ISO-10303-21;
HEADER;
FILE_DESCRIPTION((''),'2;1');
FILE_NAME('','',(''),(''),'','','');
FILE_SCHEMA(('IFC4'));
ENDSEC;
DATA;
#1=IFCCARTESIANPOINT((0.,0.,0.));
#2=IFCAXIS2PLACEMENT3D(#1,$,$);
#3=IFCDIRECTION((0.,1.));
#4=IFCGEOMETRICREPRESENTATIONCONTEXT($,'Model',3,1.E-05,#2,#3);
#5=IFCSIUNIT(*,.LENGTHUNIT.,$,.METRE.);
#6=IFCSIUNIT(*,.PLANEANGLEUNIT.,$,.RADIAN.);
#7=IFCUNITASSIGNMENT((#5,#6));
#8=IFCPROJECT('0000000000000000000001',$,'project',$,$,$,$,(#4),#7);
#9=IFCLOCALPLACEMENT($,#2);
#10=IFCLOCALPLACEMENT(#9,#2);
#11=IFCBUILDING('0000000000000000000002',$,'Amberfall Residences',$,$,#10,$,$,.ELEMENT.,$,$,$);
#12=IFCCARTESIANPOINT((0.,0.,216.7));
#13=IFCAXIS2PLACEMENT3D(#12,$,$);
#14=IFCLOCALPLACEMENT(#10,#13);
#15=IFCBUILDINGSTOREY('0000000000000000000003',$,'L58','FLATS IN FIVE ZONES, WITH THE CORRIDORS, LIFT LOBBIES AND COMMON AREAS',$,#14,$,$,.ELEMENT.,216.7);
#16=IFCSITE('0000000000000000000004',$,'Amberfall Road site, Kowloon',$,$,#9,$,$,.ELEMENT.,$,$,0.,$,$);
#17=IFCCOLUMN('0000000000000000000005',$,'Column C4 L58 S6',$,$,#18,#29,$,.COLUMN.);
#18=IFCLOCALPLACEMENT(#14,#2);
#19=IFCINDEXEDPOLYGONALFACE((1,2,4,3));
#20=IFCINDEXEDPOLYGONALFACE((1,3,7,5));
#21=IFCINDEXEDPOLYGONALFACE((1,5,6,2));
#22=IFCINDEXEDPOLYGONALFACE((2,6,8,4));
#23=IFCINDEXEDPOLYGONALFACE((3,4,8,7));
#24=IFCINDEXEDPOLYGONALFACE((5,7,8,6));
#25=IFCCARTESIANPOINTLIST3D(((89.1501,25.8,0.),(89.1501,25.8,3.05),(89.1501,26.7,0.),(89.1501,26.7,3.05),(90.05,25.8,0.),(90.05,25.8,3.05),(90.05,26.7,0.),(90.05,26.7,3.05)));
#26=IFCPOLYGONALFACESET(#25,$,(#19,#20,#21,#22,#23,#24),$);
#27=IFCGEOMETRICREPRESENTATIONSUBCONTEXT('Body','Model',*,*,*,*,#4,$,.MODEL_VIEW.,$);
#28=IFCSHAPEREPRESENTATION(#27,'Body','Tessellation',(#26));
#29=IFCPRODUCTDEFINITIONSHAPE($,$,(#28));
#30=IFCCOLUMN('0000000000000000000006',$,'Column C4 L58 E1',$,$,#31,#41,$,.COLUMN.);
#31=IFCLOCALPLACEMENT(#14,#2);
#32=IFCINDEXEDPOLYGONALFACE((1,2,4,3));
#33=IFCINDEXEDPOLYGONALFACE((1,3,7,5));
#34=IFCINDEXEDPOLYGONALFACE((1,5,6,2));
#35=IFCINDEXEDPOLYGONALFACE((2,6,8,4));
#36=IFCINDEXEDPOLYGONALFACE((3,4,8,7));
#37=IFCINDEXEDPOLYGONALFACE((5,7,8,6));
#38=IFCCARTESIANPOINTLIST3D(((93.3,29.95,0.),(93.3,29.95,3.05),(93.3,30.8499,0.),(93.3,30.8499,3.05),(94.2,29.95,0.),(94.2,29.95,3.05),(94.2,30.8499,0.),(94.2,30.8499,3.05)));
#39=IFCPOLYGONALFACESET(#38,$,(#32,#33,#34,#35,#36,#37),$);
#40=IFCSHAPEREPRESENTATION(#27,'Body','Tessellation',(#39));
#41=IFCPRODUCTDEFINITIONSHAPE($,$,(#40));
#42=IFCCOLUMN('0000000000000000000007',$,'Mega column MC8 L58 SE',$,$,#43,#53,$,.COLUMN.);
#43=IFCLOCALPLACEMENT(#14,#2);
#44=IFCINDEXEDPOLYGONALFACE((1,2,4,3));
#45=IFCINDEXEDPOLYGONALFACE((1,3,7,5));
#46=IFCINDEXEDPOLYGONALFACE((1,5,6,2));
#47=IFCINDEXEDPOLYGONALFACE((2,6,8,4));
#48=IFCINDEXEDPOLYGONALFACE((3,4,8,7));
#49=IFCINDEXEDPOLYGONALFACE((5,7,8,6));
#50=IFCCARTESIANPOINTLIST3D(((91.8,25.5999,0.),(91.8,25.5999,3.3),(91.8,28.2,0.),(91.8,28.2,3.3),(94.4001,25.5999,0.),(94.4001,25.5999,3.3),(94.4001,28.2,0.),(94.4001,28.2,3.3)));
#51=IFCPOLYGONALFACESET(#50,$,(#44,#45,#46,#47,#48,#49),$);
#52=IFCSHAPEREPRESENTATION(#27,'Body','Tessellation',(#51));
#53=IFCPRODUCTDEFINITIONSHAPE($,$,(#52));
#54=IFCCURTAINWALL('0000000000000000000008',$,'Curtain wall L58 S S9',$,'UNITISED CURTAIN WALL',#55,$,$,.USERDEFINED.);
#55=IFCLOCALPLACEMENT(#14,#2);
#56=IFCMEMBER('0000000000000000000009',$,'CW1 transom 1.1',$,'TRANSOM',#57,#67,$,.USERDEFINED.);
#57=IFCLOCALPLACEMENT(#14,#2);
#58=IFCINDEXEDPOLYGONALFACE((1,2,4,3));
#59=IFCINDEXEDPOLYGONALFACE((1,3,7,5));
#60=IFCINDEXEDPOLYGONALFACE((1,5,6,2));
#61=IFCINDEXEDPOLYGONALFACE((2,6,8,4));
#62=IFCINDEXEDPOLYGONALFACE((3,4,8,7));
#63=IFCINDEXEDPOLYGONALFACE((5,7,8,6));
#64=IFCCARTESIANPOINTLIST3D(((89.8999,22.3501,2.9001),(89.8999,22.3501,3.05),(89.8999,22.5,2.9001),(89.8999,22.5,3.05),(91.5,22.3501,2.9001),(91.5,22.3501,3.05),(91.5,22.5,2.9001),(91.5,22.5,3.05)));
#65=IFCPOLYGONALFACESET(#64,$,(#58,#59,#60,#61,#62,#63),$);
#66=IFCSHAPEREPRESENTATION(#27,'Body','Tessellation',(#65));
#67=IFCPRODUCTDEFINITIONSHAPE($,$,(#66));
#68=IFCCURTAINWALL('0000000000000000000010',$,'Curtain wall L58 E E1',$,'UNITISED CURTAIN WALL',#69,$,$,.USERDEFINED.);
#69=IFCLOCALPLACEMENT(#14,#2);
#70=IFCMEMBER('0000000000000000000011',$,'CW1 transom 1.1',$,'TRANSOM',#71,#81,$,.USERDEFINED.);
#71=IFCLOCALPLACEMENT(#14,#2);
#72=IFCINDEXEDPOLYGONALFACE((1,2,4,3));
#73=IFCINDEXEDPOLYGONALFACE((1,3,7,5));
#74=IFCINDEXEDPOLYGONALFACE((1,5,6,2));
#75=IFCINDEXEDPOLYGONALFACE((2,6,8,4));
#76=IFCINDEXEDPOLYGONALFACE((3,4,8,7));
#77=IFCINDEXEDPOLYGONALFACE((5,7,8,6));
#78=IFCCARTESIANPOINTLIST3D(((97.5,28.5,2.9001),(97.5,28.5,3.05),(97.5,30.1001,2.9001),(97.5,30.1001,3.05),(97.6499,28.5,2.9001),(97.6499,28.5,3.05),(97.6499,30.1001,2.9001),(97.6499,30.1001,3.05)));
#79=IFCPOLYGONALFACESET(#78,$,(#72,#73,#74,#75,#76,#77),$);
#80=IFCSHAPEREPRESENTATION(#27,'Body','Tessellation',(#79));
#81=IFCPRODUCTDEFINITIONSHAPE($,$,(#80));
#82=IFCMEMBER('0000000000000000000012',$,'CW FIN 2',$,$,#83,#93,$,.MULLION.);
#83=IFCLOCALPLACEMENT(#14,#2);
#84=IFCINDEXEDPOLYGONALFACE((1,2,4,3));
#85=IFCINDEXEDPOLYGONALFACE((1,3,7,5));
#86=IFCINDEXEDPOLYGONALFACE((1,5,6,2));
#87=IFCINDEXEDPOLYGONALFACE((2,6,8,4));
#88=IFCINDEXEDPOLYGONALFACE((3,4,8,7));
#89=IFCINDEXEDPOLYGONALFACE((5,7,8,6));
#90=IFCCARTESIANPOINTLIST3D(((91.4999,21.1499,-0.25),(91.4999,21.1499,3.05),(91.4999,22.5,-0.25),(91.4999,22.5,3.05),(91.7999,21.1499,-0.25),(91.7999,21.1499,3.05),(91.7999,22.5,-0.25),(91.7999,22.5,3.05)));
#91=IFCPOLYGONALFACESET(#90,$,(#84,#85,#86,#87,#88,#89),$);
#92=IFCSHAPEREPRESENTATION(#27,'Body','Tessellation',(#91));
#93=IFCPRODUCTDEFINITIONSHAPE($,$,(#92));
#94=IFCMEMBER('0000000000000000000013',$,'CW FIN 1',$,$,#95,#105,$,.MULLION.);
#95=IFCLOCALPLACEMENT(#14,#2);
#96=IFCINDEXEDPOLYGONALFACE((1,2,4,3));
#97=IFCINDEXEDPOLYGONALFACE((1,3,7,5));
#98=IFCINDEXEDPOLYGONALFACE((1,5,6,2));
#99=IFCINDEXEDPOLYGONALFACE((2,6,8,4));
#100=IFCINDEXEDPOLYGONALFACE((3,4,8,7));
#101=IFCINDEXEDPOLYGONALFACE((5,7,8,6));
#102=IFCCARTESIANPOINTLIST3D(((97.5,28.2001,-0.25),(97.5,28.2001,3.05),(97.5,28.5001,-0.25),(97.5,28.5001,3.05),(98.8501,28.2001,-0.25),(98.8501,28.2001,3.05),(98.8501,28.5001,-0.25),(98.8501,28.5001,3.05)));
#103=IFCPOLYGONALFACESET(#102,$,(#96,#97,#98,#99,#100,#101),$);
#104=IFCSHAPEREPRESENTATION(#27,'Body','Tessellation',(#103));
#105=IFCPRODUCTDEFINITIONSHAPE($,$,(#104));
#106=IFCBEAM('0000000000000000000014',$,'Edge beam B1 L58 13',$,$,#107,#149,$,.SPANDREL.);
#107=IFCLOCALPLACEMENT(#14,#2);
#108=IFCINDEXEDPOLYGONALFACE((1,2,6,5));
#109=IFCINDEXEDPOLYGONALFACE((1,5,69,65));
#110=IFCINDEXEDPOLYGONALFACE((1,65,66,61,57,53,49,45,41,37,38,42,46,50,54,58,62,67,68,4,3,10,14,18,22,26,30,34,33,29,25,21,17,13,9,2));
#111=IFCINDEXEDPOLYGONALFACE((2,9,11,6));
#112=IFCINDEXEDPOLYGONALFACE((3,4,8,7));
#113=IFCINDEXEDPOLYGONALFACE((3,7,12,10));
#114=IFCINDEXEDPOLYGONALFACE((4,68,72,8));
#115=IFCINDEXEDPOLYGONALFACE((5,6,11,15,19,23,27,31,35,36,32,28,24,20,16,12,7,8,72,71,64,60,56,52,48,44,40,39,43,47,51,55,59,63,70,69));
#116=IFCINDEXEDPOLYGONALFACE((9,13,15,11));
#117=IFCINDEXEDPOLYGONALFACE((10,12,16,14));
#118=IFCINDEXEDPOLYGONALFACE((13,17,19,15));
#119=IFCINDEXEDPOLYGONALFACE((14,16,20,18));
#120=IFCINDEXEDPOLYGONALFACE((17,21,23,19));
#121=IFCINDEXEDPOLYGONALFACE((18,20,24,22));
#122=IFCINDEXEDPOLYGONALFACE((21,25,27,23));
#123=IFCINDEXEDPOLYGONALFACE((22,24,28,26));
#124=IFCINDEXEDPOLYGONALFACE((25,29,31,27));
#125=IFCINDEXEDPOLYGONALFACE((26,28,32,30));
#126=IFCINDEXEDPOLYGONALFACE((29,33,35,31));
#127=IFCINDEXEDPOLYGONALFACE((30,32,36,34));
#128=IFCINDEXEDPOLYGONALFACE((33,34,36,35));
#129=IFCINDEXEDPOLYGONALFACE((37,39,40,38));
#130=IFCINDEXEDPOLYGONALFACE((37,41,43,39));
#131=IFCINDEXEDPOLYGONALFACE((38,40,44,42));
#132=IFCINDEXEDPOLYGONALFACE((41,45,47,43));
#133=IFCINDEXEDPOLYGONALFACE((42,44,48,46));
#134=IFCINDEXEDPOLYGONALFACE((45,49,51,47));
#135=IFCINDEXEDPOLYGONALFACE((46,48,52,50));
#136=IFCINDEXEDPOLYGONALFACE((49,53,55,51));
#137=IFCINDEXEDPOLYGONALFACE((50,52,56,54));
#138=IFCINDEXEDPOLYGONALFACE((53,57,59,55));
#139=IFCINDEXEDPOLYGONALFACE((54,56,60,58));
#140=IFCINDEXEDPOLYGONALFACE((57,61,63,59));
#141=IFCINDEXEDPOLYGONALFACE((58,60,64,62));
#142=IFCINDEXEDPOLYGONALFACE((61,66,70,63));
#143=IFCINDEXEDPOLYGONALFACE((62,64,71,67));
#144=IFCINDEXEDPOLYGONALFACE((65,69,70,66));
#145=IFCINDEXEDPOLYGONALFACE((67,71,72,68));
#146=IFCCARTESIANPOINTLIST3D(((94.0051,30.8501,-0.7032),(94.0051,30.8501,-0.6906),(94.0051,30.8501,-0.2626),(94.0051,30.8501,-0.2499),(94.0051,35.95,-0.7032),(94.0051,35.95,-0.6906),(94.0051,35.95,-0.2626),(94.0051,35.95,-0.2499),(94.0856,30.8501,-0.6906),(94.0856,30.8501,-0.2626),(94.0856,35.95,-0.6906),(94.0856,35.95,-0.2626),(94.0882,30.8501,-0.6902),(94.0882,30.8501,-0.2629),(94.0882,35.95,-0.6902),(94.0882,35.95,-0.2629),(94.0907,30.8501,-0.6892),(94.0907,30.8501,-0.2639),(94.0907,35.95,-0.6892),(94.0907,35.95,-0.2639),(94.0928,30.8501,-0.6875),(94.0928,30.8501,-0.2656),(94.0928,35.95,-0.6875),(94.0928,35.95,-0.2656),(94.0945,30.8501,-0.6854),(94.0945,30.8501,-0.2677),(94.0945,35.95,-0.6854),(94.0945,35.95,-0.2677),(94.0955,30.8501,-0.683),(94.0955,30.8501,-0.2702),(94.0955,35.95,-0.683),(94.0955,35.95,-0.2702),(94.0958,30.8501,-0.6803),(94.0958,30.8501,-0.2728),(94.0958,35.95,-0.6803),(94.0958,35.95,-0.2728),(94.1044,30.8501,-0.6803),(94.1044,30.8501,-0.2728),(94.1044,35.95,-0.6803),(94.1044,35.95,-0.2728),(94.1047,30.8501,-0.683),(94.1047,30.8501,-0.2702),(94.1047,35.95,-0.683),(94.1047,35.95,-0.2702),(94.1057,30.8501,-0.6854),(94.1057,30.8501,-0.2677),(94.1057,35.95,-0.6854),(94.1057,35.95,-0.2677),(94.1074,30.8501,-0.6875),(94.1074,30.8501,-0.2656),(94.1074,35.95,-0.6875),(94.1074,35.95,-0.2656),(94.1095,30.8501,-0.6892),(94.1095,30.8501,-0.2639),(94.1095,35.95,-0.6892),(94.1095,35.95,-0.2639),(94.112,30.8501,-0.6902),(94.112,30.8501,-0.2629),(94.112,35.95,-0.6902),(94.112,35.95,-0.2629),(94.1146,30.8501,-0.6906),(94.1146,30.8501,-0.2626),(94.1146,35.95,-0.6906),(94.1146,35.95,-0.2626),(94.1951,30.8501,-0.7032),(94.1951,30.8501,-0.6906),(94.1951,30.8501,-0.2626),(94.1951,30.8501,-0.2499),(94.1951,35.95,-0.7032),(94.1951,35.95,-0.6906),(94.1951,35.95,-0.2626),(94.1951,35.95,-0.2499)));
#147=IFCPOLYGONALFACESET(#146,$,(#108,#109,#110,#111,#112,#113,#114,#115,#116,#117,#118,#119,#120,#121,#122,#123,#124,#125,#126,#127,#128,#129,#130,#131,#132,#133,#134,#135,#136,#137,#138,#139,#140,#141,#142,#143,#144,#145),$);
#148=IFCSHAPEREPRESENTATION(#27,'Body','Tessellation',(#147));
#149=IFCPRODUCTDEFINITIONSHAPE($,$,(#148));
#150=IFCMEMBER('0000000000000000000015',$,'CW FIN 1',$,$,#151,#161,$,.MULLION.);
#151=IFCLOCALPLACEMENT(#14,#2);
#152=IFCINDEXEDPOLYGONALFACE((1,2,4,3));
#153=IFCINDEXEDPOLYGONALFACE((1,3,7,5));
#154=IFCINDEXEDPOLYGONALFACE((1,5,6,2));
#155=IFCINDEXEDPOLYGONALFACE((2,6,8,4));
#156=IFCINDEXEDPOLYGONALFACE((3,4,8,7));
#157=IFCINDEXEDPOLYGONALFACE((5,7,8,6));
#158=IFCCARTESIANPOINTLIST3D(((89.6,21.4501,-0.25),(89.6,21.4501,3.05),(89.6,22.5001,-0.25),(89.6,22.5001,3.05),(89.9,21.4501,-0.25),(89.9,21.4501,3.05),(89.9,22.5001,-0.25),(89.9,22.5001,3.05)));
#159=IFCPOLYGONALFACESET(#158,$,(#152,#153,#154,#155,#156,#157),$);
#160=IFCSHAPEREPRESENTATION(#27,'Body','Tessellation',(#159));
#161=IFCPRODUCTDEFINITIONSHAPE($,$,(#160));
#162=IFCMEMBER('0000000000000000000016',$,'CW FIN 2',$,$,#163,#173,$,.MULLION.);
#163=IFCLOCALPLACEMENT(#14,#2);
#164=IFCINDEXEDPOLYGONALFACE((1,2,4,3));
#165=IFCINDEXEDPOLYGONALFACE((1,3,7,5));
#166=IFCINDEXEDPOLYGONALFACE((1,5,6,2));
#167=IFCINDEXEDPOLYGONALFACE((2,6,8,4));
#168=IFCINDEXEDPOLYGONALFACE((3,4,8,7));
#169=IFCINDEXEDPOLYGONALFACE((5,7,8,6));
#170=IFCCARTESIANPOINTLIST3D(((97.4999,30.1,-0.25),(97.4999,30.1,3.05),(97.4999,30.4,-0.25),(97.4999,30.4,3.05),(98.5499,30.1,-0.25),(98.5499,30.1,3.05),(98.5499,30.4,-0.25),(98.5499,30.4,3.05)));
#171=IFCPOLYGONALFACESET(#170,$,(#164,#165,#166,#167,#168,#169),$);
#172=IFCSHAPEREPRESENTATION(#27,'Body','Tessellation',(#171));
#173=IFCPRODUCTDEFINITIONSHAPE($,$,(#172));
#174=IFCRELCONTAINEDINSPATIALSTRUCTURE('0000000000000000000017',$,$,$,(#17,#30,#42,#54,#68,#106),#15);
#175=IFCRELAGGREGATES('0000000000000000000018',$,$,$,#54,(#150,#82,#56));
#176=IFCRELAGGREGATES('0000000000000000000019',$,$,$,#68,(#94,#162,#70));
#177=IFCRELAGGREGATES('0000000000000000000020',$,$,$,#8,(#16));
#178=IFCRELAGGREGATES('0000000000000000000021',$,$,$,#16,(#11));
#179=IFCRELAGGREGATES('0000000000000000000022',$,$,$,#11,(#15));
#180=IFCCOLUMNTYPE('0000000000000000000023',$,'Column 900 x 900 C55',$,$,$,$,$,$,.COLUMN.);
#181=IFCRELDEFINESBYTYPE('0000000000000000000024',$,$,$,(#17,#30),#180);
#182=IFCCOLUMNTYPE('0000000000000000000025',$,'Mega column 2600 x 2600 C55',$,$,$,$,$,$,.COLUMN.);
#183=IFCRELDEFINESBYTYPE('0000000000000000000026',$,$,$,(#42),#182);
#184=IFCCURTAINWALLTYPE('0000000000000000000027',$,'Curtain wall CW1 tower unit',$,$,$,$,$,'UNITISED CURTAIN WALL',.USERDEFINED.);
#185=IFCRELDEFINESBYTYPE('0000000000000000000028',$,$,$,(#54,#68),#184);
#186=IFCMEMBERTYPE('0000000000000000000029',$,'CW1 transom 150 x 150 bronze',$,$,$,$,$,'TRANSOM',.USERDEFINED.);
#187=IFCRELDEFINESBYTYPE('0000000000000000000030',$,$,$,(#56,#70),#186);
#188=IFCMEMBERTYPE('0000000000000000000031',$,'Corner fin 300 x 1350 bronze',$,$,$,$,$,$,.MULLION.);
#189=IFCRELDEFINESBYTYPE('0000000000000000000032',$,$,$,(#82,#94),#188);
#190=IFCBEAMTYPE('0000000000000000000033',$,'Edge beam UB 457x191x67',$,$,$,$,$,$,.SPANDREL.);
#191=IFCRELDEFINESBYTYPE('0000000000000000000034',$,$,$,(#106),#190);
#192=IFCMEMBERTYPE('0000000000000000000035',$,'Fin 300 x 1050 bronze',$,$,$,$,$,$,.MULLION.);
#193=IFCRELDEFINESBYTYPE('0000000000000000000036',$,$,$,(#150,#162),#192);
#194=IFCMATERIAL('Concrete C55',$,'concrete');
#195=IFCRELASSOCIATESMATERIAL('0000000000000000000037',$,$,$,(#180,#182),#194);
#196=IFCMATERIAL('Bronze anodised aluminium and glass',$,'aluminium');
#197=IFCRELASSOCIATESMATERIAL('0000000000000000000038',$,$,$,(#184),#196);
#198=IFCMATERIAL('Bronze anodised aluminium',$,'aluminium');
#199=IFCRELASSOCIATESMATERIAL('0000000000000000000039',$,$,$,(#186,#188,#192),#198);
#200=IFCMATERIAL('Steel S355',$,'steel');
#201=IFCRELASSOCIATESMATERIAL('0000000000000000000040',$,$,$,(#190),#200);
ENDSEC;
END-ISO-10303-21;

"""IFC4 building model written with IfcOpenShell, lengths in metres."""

from ifc_helpers import new_model, si_unit, direction, frame, origin, origin_2d, place, context, subcontext, project, spatial, rectangle, i_section, extrude, material, material_profile, profile_set, type_object, element, aggregate, save


model = new_model("IFC4")

# Units and contexts
model_context = context("Model", 3, precision=1e-05, world=origin(), true_north=direction((0.0, 1.0)))
body_context = subcontext(model_context, "Body", "Model", "MODEL_VIEW")
ifc_project = project(units=[si_unit("LENGTHUNIT", "METRE"), si_unit("PLANEANGLEUNIT", "RADIAN")], contexts=[model_context])

# Site, building, storey
site_placement = place(None, origin())
site = spatial("IfcSite", under=ifc_project, at=site_placement, Name="Amberfall Road site, Kowloon", CompositionType="ELEMENT", RefElevation=0.0)
building_placement = place(site_placement, origin())
building = spatial("IfcBuilding", under=site, at=building_placement, Name="Amberfall Residences", CompositionType="ELEMENT")
storey_placement = place(building_placement, frame((0.0, 0.0, 216.7)))
storey = spatial("IfcBuildingStorey", under=building, at=storey_placement, Name="L58", Description="FLATS IN FIVE ZONES, WITH THE CORRIDORS, LIFT LOBBIES AND COMMON AREAS", CompositionType="ELEMENT", Elevation=216.7)

# Columns
ifc_material_1 = material(Name="Concrete C55", Category="concrete")
ifc_material_profile_1 = material_profile(ifc_material_1, rectangle(XDim=0.8999, YDim=0.8999, at=origin_2d()), Name="Column 900 x 900 C55")
ifc_profile_set_1 = profile_set([ifc_material_profile_1], Name="Concrete C55")
column_type_1 = type_object("IfcColumnType", Name="Column 900 x 900 C55", PredefinedType="COLUMN", material=ifc_profile_set_1)
for number, where, z_axis, x_axis, name in (
    (1, (89.6001, 26.25, 0.0), (0.0, 0.0, 1.0), (1.0, 0.0, 0.0), "Column C4 L58 S6"),
    (2, (93.75, 30.3999, 0.0), (0.0, 0.0, 1.0), (1.0, 0.0, 0.0), "Column C4 L58 E1"),
):
    element("IfcColumn", number, at=place(storey_placement, frame(where, z_axis=z_axis, x_axis=x_axis)), inside=storey, type_object=column_type_1, Name=name, PredefinedType="COLUMN", context=body_context, shape_type="SweptSolid", body=[
        extrude(rectangle(XDim=0.8999, YDim=0.8999, at=origin_2d()), origin(), (0.0, 0.0, 1.0), 3.05),
    ])
ifc_material_profile_2 = material_profile(ifc_material_1, rectangle(XDim=2.6001, YDim=2.6001, at=origin_2d()), Name="Mega column 2600 x 2600 C55")
ifc_profile_set_2 = profile_set([ifc_material_profile_2], Name="Concrete C55")
column_type_2 = type_object("IfcColumnType", Name="Mega column 2600 x 2600 C55", PredefinedType="COLUMN", material=ifc_profile_set_2)
column_placement = place(storey_placement, frame((93.1001, 26.8999, 0.0), z_axis=(0.0, 0.0, 1.0), x_axis=(1.0, 0.0, 0.0)))
element("IfcColumn", 3, at=column_placement, inside=storey, type_object=column_type_2, Name="Mega column MC8 L58 SE", PredefinedType="COLUMN", context=body_context, shape_type="SweptSolid", body=[
    extrude(rectangle(XDim=2.6001, YDim=2.6001, at=origin_2d()), origin(), (0.0, 0.0, 1.0), 3.3),
])

# Curtain walls, members
ifc_material_2 = material(Name="Bronze anodised aluminium and glass", Category="aluminium")
curtain_wall_type = type_object("IfcCurtainWallType", Name="Curtain wall CW1 tower unit", ElementType="UNITISED CURTAIN WALL", PredefinedType="USERDEFINED", material=ifc_material_2)
curtain_wall_1_placement = place(storey_placement, origin())
curtain_wall_1 = element("IfcCurtainWall", 4, at=curtain_wall_1_placement, inside=storey, type_object=curtain_wall_type, Name="Curtain wall L58 S S9", ObjectType="UNITISED CURTAIN WALL", PredefinedType="USERDEFINED")
ifc_material_3 = material(Name="Bronze anodised aluminium", Category="aluminium")
ifc_material_profile_3 = material_profile(ifc_material_3, rectangle(XDim=0.1499, YDim=0.1499, at=origin_2d()), Name="CW1 transom 150 x 150 bronze")
ifc_profile_set_3 = profile_set([ifc_material_profile_3], Name="Bronze anodised aluminium")
member_type_1 = type_object("IfcMemberType", Name="CW1 transom 150 x 150 bronze", ElementType="TRANSOM", PredefinedType="USERDEFINED", material=ifc_profile_set_3)
member_1_placement = place(storey_placement, frame((89.8999, 22.425, 2.9751), z_axis=(1.0, 0.0, 0.0), x_axis=(0.0, 1.0, 0.0)))
member_1 = element("IfcMember", 5, at=member_1_placement, type_object=member_type_1, Name="CW1 transom 1.1", ObjectType="TRANSOM", PredefinedType="USERDEFINED", context=body_context, shape_type="SweptSolid", body=[
    extrude(rectangle(XDim=0.1499, YDim=0.1499, at=origin_2d()), origin(), (0.0, 0.0, 1.0), 1.6001),
])
curtain_wall_2_placement = place(storey_placement, origin())
curtain_wall_2 = element("IfcCurtainWall", 6, at=curtain_wall_2_placement, inside=storey, type_object=curtain_wall_type, Name="Curtain wall L58 E E1", ObjectType="UNITISED CURTAIN WALL", PredefinedType="USERDEFINED")
member_2_placement = place(storey_placement, frame((97.575, 28.5, 2.9751), z_axis=(0.0, 1.0, 0.0), x_axis=(-1.0, 0.0, 0.0)))
member_2 = element("IfcMember", 7, at=member_2_placement, type_object=member_type_1, Name="CW1 transom 1.1", ObjectType="TRANSOM", PredefinedType="USERDEFINED", context=body_context, shape_type="SweptSolid", body=[
    extrude(rectangle(XDim=0.1499, YDim=0.1499, at=origin_2d()), origin(), (0.0, 0.0, 1.0), 1.6001),
])

# Members
ifc_material_profile_4 = material_profile(ifc_material_3, rectangle(XDim=1.3501, YDim=0.3, at=origin_2d()), Name="Corner fin 300 x 1350 bronze")
ifc_profile_set_4 = profile_set([ifc_material_profile_4], Name="Bronze anodised aluminium")
member_type_2 = type_object("IfcMemberType", Name="Corner fin 300 x 1350 bronze", PredefinedType="MULLION", material=ifc_profile_set_4)
member_3_placement = place(storey_placement, frame((91.6499, 21.825, -0.25), z_axis=(0.0, 0.0, 1.0), x_axis=(0.0, 1.0, 0.0)))
member_3 = element("IfcMember", 8, at=member_3_placement, type_object=member_type_2, Name="CW FIN 2", PredefinedType="MULLION", context=body_context, shape_type="SweptSolid", body=[
    extrude(rectangle(XDim=1.3501, YDim=0.3, at=origin_2d()), origin(), (0.0, 0.0, 1.0), 3.3),
])
member_4_placement = place(storey_placement, frame((98.175, 28.3501, -0.25), z_axis=(0.0, 0.0, 1.0), x_axis=(-1.0, 0.0, 0.0)))
member_4 = element("IfcMember", 9, at=member_4_placement, type_object=member_type_2, Name="CW FIN 1", PredefinedType="MULLION", context=body_context, shape_type="SweptSolid", body=[
    extrude(rectangle(XDim=1.3501, YDim=0.3, at=origin_2d()), origin(), (0.0, 0.0, 1.0), 3.3),
])

# Beam
ifc_material_4 = material(Name="Steel S355", Category="steel")
ifc_material_profile_5 = material_profile(ifc_material_4, i_section(OverallWidth=0.1899, OverallDepth=0.4534, WebThickness=0.0085, FlangeThickness=0.0127, FilletRadius=0.0103, at=origin_2d()), Name="UB 457x191x67")
ifc_profile_set_5 = profile_set([ifc_material_profile_5], Name="Steel S355")
beam_type_1 = type_object("IfcBeamType", Name="Edge beam UB 457x191x67", PredefinedType="SPANDREL", material=ifc_profile_set_5)
beam_1_placement = place(storey_placement, frame((94.1001, 30.8501, -0.4766), z_axis=(0.0, 1.0, 0.0), x_axis=(-1.0, 0.0, 0.0)))
element("IfcBeam", 10, at=beam_1_placement, inside=storey, type_object=beam_type_1, Name="Edge beam B1 L58 13", PredefinedType="SPANDREL", context=body_context, shape_type="SweptSolid", body=[
    extrude(i_section(OverallWidth=0.1899, OverallDepth=0.4534, WebThickness=0.0085, FlangeThickness=0.0127, FilletRadius=0.0103, at=origin_2d()), origin(), (0.0, 0.0, 1.0), 5.0999),
])

# Members
ifc_material_profile_6 = material_profile(ifc_material_3, rectangle(XDim=1.05, YDim=0.3, at=origin_2d()), Name="Fin 300 x 1050 bronze")
ifc_profile_set_6 = profile_set([ifc_material_profile_6], Name="Bronze anodised aluminium")
member_type_3 = type_object("IfcMemberType", Name="Fin 300 x 1050 bronze", PredefinedType="MULLION", material=ifc_profile_set_6)
member_5_placement = place(storey_placement, frame((89.75, 21.9751, -0.25), z_axis=(0.0, 0.0, 1.0), x_axis=(0.0, 1.0, 0.0)))
member_5 = element("IfcMember", 11, at=member_5_placement, type_object=member_type_3, Name="CW FIN 1", PredefinedType="MULLION", context=body_context, shape_type="SweptSolid", body=[
    extrude(rectangle(XDim=1.05, YDim=0.3, at=origin_2d()), origin(), (0.0, 0.0, 1.0), 3.3),
])
member_6_placement = place(storey_placement, frame((98.0249, 30.25, -0.25), z_axis=(0.0, 0.0, 1.0), x_axis=(-1.0, 0.0, 0.0)))
member_6 = element("IfcMember", 12, at=member_6_placement, type_object=member_type_3, Name="CW FIN 2", PredefinedType="MULLION", context=body_context, shape_type="SweptSolid", body=[
    extrude(rectangle(XDim=1.05, YDim=0.3, at=origin_2d()), origin(), (0.0, 0.0, 1.0), 3.3),
])

aggregate(curtain_wall_1, [member_5, member_3, member_1])
aggregate(curtain_wall_2, [member_4, member_6, member_2])

save(model, "model.ifc")
